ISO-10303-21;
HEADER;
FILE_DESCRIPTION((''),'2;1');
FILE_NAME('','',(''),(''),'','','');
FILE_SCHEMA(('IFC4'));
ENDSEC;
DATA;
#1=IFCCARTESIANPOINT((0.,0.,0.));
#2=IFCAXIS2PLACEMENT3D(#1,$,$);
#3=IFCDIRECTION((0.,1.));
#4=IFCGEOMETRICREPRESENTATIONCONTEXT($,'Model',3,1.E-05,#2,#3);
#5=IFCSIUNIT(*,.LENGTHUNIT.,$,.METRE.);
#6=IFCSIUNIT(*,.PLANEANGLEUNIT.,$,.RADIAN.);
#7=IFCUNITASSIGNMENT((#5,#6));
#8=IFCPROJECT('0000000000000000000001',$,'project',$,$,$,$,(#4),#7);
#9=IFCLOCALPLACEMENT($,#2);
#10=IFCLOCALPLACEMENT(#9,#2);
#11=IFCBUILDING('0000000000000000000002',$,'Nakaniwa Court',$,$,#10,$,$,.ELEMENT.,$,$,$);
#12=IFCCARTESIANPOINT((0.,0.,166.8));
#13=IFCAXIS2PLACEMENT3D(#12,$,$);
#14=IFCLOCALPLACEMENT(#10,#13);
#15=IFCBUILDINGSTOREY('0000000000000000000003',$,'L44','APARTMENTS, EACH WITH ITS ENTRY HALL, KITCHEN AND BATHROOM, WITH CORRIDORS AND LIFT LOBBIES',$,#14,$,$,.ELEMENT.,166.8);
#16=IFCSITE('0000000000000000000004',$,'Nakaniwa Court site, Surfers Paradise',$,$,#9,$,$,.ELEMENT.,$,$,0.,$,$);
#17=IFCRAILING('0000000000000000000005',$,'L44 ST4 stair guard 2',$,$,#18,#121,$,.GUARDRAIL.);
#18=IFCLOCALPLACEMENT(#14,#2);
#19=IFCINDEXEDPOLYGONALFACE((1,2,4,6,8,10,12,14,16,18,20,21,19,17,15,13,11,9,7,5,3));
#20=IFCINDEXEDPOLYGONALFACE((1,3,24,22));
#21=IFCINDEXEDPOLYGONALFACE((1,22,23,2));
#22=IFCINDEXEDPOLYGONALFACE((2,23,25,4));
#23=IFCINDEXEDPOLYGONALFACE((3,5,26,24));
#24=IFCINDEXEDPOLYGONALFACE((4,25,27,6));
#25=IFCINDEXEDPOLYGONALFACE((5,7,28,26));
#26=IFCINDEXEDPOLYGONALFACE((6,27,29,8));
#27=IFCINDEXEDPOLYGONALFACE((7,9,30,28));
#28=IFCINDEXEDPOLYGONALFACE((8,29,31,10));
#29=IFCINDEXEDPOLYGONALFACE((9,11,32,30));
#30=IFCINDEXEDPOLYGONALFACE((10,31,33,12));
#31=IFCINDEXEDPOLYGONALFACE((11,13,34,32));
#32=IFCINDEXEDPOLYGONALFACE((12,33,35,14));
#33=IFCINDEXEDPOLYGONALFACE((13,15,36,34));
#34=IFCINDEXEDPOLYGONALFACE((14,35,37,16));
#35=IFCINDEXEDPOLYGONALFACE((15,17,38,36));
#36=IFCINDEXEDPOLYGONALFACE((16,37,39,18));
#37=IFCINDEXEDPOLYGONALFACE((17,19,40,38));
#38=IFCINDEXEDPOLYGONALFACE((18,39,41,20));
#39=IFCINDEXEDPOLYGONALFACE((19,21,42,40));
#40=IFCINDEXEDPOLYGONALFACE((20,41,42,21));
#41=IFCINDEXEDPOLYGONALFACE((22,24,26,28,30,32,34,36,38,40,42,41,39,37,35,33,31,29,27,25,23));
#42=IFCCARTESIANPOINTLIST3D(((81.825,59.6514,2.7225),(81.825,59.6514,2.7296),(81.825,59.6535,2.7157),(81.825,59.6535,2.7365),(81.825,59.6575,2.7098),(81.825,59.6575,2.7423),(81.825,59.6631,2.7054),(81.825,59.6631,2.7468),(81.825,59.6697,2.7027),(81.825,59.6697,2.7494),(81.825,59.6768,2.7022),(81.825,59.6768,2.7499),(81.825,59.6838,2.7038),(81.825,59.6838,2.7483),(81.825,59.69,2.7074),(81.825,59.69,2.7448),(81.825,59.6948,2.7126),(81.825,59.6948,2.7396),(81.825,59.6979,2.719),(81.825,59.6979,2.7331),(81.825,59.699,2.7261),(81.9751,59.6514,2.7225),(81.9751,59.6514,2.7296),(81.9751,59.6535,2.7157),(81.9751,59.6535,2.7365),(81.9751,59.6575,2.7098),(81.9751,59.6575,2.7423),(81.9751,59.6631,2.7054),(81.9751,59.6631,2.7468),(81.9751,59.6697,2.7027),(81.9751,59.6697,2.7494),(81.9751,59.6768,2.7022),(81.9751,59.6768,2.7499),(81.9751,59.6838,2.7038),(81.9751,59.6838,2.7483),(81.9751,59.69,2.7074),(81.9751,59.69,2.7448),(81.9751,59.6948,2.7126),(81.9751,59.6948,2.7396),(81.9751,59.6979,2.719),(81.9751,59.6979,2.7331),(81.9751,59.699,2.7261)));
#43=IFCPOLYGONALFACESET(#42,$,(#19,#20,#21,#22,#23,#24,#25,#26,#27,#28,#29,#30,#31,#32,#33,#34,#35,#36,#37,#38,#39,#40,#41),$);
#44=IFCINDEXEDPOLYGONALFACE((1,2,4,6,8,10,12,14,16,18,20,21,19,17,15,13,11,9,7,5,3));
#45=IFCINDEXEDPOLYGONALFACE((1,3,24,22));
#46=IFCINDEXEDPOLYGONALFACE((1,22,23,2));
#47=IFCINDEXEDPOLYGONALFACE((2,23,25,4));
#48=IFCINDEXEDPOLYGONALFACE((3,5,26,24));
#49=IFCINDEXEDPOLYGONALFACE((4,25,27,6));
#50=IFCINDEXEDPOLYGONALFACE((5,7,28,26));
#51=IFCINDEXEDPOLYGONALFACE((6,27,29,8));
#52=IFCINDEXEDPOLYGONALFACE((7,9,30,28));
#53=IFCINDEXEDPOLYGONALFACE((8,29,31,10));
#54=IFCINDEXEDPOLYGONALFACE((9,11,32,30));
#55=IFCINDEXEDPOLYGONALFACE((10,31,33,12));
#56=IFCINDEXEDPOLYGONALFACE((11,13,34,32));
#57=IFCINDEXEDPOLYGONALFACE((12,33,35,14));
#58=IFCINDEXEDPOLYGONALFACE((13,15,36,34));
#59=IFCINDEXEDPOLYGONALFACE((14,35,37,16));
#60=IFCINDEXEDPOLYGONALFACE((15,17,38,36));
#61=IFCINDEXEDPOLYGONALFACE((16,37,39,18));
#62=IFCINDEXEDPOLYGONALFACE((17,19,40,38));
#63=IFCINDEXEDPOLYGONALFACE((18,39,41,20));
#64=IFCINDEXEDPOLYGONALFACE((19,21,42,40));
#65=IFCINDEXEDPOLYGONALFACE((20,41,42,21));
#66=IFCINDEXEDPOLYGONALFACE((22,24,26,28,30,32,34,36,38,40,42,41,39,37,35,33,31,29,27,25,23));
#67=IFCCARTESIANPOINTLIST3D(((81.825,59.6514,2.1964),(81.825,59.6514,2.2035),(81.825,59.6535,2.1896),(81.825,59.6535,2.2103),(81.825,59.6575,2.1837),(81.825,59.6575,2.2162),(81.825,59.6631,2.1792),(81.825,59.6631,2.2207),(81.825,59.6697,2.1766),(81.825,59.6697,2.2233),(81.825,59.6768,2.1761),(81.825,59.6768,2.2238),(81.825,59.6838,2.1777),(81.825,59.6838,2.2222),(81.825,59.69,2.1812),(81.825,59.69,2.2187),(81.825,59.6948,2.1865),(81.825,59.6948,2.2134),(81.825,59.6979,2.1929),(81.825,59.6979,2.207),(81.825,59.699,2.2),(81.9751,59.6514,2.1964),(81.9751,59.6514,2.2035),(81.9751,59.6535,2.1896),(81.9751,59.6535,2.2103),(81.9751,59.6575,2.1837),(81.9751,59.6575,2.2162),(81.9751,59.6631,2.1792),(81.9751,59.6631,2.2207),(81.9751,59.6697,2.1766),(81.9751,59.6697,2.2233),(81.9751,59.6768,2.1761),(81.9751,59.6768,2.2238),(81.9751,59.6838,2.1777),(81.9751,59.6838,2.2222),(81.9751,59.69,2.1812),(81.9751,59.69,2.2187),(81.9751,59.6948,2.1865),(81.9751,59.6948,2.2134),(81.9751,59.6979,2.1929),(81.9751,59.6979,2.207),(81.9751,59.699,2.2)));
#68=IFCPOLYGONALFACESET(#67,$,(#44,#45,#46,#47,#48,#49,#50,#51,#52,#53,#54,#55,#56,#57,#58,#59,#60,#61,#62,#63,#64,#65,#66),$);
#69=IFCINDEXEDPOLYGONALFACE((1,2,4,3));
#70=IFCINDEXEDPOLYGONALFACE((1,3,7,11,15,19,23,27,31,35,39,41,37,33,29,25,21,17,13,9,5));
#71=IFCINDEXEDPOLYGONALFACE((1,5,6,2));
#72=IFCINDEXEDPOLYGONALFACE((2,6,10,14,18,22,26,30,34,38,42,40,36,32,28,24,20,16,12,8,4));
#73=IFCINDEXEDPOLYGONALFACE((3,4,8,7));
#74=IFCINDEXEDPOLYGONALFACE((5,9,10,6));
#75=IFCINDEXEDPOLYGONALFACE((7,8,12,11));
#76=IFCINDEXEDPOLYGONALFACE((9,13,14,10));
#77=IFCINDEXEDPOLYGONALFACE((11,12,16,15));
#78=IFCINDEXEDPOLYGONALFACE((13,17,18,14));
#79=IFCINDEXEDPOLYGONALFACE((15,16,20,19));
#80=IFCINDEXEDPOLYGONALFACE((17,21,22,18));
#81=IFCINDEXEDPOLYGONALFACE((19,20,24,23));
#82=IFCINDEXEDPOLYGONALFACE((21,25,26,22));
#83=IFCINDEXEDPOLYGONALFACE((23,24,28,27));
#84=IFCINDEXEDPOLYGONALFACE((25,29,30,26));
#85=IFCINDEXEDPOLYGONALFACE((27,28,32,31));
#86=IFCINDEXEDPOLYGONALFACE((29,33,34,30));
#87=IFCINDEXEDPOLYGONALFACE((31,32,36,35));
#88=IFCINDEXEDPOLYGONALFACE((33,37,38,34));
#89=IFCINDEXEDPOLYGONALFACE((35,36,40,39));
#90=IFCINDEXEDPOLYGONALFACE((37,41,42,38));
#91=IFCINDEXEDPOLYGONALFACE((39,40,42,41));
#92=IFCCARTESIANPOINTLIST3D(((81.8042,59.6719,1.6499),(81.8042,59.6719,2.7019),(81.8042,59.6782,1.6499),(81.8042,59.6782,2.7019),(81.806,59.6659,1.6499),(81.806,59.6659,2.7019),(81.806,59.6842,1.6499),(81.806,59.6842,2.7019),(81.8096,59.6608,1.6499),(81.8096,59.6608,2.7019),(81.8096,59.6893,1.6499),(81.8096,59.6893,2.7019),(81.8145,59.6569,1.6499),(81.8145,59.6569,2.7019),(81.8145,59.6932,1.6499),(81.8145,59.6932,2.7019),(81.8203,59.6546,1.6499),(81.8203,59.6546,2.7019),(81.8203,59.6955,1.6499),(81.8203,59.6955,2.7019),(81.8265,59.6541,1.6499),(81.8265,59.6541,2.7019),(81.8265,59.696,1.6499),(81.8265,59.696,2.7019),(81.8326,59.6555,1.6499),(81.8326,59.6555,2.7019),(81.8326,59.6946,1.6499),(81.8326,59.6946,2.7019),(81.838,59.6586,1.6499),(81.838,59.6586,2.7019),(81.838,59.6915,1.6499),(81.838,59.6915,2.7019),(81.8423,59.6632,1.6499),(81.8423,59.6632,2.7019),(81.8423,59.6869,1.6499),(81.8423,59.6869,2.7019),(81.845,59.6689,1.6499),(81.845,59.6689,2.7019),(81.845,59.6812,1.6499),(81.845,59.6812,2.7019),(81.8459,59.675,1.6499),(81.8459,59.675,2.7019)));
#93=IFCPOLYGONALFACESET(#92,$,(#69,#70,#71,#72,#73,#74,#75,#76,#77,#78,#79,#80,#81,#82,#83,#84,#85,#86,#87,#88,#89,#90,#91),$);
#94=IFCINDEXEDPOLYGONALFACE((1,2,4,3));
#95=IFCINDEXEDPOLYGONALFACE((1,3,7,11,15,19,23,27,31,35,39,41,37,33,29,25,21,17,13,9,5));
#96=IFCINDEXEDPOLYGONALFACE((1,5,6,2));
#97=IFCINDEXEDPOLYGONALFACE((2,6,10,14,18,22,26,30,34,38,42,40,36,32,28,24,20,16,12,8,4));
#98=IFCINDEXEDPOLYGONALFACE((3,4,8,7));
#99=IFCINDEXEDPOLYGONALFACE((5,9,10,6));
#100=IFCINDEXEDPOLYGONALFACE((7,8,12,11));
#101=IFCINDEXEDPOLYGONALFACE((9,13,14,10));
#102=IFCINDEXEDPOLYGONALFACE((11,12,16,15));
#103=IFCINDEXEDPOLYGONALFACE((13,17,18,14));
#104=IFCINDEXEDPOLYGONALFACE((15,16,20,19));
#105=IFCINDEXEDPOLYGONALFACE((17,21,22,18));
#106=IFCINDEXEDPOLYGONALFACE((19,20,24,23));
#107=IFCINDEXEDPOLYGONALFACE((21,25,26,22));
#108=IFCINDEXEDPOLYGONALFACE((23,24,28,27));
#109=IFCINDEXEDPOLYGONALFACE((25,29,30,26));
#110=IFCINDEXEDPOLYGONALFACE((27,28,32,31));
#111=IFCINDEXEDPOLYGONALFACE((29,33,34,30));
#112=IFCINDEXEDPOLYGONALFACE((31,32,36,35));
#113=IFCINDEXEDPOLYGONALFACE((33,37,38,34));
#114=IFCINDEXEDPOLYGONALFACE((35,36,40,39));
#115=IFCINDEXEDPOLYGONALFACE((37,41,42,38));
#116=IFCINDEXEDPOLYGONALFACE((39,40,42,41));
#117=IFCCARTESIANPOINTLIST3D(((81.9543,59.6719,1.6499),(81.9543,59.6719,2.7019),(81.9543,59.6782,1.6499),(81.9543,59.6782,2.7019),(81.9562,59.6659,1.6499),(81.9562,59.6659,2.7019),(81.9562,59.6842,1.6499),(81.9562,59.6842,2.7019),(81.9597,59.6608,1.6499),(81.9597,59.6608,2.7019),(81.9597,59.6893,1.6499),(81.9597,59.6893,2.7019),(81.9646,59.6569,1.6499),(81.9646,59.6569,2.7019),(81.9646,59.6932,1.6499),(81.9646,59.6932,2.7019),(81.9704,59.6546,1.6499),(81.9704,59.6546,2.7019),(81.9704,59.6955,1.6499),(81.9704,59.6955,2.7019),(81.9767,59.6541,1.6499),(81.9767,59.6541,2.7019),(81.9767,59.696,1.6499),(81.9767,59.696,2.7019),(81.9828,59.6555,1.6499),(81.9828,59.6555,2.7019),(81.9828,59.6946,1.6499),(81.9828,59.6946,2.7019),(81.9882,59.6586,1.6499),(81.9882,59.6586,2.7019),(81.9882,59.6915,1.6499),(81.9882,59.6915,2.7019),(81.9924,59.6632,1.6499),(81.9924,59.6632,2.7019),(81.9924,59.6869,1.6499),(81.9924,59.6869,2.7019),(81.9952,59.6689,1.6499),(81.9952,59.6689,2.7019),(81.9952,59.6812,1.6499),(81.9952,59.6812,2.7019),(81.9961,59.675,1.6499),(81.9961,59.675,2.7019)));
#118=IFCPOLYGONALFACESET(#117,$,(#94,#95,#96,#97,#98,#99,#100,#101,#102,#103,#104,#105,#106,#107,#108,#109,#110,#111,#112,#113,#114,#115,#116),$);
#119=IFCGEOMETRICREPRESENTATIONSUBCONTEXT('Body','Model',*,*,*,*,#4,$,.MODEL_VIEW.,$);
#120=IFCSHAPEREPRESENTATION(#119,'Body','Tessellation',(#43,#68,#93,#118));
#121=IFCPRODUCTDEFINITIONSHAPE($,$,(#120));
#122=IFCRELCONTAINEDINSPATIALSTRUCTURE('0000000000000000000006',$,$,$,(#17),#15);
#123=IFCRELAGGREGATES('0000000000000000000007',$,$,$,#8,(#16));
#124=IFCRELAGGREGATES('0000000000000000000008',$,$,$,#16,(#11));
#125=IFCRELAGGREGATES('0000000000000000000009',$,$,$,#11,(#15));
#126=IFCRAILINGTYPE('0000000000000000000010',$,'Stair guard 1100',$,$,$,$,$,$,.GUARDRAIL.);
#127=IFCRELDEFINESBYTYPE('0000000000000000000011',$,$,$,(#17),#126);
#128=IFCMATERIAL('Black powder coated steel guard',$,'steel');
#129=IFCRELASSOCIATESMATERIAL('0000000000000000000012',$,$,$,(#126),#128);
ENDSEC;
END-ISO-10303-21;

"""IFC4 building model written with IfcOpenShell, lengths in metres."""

from ifc_helpers import new_model, si_unit, direction, frame, origin, origin_2d, place, context, subcontext, project, spatial, circle, extrude, material, type_object, element, save


model = new_model("IFC4")

# Units and contexts
model_context = context("Model", 3, precision=1e-05, world=origin(), true_north=direction((0.0, 1.0)))
body_context = subcontext(model_context, "Body", "Model", "MODEL_VIEW")
ifc_project = project(units=[si_unit("LENGTHUNIT", "METRE"), si_unit("PLANEANGLEUNIT", "RADIAN")], contexts=[model_context])

# Site, building, storey
site_placement = place(None, origin())
site = spatial("IfcSite", under=ifc_project, at=site_placement, Name="Nakaniwa Court site, Surfers Paradise", CompositionType="ELEMENT", RefElevation=0.0)
building_placement = place(site_placement, origin())
building = spatial("IfcBuilding", under=site, at=building_placement, Name="Nakaniwa Court", CompositionType="ELEMENT")
storey_placement = place(building_placement, frame((0.0, 0.0, 166.8)))
storey = spatial("IfcBuildingStorey", under=building, at=storey_placement, Name="L44", Description="APARTMENTS, EACH WITH ITS ENTRY HALL, KITCHEN AND BATHROOM, WITH CORRIDORS AND LIFT LOBBIES", CompositionType="ELEMENT", Elevation=166.8)

# Railing
ifc_material_1 = material(Name="Black powder coated steel guard", Category="steel")
railing_type_1 = type_object("IfcRailingType", Name="Stair guard 1100", PredefinedType="GUARDRAIL", material=ifc_material_1)
railing_1_placement = place(storey_placement, frame((81.825, 59.675, 1.6499)))
element("IfcRailing", 1, at=railing_1_placement, inside=storey, type_object=railing_type_1, Name="L44 ST4 stair guard 2", PredefinedType="GUARDRAIL", context=body_context, shape_type="SweptSolid", body=[
    extrude(circle(Radius=0.0239, at=origin_2d()), frame((0.0, 0.0, 1.0762), z_axis=(1.0, 0.0, 0.0), x_axis=(0.0, 1.0, 0.0)), (0.0, 0.0, 1.0), 0.1501),
    extrude(circle(Radius=0.0239, at=origin_2d()), frame((0.0, 0.0, 0.55), z_axis=(1.0, 0.0, 0.0), x_axis=(0.0, 1.0, 0.0)), (0.0, 0.0, 1.0), 0.1501),
    extrude(circle(Radius=0.021, at=origin_2d()), origin(), (0.0, 0.0, 1.0), 1.052),
    extrude(circle(Radius=0.021, at=origin_2d()), frame((0.1501, 0.0, 0.0)), (0.0, 0.0, 1.0), 1.052),
])

save(model, "model.ifc")
